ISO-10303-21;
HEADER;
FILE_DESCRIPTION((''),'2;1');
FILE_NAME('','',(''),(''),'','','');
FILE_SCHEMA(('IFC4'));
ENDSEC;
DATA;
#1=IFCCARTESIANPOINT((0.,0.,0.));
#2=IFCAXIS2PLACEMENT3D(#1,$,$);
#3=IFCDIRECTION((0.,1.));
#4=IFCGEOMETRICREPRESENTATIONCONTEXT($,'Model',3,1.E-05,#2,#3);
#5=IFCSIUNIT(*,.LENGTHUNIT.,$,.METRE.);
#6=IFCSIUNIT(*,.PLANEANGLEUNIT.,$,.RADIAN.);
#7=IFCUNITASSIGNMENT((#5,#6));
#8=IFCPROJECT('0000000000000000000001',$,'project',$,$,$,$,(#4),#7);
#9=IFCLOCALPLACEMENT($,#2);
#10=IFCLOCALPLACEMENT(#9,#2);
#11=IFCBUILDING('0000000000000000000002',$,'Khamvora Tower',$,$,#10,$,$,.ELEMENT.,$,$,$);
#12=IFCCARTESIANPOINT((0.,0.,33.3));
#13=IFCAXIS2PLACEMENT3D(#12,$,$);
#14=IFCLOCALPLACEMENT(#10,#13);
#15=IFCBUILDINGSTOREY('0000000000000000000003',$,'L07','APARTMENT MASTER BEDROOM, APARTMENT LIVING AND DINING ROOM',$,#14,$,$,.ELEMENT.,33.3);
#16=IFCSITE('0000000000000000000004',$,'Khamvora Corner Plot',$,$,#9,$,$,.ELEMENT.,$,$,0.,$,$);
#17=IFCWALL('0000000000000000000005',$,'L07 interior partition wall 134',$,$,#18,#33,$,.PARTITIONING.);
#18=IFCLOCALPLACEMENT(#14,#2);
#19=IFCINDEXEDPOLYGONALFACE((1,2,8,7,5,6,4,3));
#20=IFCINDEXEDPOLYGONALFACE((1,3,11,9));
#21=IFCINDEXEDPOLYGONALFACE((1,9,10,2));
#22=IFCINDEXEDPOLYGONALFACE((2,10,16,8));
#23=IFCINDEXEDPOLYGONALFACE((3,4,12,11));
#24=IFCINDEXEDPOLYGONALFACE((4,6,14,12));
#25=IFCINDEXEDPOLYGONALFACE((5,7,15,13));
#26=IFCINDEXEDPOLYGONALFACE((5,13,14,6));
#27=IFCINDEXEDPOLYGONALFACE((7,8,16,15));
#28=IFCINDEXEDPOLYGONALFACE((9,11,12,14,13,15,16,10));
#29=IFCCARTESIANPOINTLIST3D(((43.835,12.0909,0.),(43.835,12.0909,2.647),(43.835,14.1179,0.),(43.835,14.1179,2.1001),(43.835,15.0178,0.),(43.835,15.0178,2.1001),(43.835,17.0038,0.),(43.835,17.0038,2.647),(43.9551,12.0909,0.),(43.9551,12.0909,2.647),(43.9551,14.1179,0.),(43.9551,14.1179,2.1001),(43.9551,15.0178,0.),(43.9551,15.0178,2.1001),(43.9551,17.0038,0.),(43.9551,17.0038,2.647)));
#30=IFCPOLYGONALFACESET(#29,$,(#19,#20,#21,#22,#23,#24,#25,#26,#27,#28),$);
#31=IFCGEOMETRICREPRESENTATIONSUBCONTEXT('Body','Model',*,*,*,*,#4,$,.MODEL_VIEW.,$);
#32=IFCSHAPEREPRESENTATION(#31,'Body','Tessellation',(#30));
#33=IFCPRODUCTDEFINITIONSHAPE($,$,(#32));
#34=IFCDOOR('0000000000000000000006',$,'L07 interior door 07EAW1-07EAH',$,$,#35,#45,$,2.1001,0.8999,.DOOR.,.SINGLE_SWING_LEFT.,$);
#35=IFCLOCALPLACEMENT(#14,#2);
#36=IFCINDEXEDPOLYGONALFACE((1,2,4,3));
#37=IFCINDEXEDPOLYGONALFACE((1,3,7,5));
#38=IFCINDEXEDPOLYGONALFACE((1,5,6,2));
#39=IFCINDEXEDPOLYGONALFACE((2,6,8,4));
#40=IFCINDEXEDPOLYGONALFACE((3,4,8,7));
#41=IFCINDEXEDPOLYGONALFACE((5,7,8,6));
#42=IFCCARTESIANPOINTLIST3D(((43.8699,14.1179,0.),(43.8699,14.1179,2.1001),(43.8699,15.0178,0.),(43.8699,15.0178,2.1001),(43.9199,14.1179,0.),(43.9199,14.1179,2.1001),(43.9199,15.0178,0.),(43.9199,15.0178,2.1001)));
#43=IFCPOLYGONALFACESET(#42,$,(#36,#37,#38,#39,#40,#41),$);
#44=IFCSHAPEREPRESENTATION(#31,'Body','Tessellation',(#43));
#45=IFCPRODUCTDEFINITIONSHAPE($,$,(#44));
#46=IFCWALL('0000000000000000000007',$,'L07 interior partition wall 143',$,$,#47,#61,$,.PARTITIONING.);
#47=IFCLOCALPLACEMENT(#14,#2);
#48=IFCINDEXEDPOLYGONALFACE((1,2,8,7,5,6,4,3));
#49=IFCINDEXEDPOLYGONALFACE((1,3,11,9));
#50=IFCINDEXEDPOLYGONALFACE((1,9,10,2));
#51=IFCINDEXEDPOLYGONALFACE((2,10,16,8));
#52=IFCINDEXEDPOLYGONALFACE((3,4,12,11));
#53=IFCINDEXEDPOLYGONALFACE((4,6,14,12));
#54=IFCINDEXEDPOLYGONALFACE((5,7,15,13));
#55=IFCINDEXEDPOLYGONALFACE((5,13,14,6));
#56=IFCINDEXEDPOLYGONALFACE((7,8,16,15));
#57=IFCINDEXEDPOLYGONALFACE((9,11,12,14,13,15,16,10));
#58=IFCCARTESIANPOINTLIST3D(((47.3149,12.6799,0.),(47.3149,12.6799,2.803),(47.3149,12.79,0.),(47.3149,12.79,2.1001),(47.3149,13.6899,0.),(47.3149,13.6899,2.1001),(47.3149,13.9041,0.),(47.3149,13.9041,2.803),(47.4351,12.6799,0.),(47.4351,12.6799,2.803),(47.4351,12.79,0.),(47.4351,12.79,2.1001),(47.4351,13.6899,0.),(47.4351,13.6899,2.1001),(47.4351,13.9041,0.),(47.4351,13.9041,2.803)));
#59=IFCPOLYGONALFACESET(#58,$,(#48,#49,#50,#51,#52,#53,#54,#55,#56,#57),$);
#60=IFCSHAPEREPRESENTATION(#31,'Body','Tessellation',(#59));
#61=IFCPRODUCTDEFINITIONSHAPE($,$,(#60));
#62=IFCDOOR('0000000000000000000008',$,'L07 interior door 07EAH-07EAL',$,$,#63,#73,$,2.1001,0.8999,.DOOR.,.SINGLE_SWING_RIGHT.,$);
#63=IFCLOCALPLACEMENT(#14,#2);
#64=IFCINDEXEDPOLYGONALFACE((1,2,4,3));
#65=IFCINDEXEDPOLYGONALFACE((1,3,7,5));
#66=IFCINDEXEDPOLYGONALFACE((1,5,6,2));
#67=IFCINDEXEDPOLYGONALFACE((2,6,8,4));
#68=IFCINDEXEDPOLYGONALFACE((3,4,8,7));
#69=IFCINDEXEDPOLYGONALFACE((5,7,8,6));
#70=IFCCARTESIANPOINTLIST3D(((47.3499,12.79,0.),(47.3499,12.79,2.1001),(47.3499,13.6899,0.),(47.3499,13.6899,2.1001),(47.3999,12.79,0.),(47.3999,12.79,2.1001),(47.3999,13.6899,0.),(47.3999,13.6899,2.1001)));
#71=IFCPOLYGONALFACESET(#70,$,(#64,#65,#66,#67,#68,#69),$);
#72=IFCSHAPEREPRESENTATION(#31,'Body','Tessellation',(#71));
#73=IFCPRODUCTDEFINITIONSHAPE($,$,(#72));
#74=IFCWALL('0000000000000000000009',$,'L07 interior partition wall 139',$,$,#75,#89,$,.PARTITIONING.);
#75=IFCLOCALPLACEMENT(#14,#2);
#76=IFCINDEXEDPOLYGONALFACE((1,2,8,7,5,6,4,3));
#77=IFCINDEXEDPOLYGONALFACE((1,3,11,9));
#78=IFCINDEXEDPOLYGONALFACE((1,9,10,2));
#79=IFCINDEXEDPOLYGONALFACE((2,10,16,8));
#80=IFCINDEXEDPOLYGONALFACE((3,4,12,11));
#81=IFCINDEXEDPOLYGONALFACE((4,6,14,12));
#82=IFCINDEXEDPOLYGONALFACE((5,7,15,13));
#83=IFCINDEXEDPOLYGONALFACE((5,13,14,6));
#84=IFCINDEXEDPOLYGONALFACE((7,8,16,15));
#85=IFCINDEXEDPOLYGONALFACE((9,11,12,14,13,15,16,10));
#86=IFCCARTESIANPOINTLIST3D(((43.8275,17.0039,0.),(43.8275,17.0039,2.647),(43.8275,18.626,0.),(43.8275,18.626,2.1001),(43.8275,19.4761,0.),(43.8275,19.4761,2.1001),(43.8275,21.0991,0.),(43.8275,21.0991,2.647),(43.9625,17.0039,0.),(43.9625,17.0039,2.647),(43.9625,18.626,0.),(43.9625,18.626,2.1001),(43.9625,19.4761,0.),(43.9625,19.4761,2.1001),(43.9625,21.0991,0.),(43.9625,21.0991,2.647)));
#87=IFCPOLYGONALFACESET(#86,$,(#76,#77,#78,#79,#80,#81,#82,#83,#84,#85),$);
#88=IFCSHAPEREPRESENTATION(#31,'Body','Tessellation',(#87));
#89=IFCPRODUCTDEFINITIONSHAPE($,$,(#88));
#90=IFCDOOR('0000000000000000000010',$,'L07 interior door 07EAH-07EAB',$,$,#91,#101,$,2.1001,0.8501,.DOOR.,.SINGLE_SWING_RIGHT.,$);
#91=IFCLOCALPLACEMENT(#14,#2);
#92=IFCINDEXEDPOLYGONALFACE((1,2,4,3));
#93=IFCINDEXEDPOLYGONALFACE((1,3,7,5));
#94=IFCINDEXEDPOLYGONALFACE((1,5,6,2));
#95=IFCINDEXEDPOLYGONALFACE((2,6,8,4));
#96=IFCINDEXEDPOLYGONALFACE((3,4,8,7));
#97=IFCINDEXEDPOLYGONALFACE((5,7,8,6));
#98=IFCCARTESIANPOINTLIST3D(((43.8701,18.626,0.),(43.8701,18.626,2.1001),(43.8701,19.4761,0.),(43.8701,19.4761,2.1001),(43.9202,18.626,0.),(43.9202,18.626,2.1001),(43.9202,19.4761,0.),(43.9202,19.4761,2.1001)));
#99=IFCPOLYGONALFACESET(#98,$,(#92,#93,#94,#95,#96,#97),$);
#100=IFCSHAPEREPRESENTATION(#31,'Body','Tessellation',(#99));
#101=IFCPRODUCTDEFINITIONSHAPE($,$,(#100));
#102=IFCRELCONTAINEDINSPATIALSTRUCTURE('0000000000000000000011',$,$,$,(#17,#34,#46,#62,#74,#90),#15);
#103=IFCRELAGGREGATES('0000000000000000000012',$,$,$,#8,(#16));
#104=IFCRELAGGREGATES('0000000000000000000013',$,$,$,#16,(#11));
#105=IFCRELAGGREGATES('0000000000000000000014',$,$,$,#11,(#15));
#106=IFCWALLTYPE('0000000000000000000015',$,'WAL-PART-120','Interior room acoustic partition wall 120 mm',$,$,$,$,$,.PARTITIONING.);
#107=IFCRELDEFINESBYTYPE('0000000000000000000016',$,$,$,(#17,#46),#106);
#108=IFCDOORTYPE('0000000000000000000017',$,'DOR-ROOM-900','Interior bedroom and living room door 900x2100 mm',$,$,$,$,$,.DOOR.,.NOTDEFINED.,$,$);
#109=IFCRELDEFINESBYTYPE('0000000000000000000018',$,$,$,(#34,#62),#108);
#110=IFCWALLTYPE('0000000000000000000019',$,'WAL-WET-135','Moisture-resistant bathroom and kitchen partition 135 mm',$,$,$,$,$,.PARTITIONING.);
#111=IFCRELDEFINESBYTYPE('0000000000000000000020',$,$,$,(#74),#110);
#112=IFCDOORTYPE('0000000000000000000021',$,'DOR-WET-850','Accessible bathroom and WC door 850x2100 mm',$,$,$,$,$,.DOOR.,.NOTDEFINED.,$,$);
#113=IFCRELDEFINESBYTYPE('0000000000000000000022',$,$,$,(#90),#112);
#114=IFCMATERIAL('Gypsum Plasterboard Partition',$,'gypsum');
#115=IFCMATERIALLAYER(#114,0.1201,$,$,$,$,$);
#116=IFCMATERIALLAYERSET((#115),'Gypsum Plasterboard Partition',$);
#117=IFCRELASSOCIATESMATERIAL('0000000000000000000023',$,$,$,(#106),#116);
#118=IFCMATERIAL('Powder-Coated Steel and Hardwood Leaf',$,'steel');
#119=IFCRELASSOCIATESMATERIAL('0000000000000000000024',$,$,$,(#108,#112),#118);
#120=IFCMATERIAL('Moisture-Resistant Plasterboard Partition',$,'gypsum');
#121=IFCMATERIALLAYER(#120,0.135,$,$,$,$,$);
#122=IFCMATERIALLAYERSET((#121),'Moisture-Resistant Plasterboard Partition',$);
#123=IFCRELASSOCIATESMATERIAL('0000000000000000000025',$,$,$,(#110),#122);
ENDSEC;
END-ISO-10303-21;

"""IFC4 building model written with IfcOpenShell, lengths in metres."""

from ifc_helpers import new_model, si_unit, direction, frame, frame_2d, origin, place, context, subcontext, project, spatial, rectangle, extrude, material, layer, layer_set, type_object, element, fill, save


model = new_model("IFC4")

# Units and contexts
model_context = context("Model", 3, precision=1e-05, world=origin(), true_north=direction((0.0, 1.0)))
body_context = subcontext(model_context, "Body", "Model", "MODEL_VIEW")
ifc_project = project(units=[si_unit("LENGTHUNIT", "METRE"), si_unit("PLANEANGLEUNIT", "RADIAN")], contexts=[model_context])

# Site, building, storey
site_placement = place(None, origin())
site = spatial("IfcSite", under=ifc_project, at=site_placement, Name="Khamvora Corner Plot", CompositionType="ELEMENT", RefElevation=0.0)
building_placement = place(site_placement, origin())
building = spatial("IfcBuilding", under=site, at=building_placement, Name="Khamvora Tower", CompositionType="ELEMENT")
storey_placement = place(building_placement, frame((0.0, 0.0, 33.3)))
storey = spatial("IfcBuildingStorey", under=building, at=storey_placement, Name="L07", Description="APARTMENT MASTER BEDROOM, APARTMENT LIVING AND DINING ROOM", CompositionType="ELEMENT", Elevation=33.3)

# Walls, openings, doors
ifc_material_1 = material(Name="Gypsum Plasterboard Partition", Category="gypsum")
ifc_layer_1 = layer(ifc_material_1, 0.1201)
ifc_layer_set_1 = layer_set([ifc_layer_1], Name="Gypsum Plasterboard Partition")
wall_type_1 = type_object("IfcWallType", Name="WAL-PART-120", Description="Interior room acoustic partition wall 120 mm", PredefinedType="PARTITIONING", material=ifc_layer_set_1)
wall_1_placement = place(storey_placement, frame((43.895, 17.0039, 0.0), z_axis=(0.0, 0.0, 1.0), x_axis=(0.0, -1.0, 0.0)))
wall_1 = element("IfcWall", 1, at=wall_1_placement, inside=storey, type_object=wall_type_1, Name="L07 interior partition wall 134", PredefinedType="PARTITIONING", context=body_context, shape_type="SweptSolid", body=[
    extrude(rectangle(XDim=4.9128, YDim=0.1201, at=frame_2d((2.4565, 0.0))), origin(), (0.0, 0.0, 1.0), 2.647),
])
opening_1_placement = place(wall_1_placement, frame((1.9861, 0.0, 0.0)))
opening_1 = element("IfcOpeningElement", 2, at=opening_1_placement, cuts=wall_1, PredefinedType="OPENING", context=body_context, shape_type="SweptSolid", body=[
    extrude(rectangle(XDim=0.8999, YDim=2.1001, at=frame_2d((0.45, 1.05))), frame((0.0, 0.0701, 0.0), z_axis=(0.0, -1.0, 0.0), x_axis=(1.0, 0.0, 0.0)), (0.0, 0.0, 1.0), 0.1401),
])
ifc_material_2 = material(Name="Powder-Coated Steel and Hardwood Leaf", Category="steel")
door_type_1 = type_object("IfcDoorType", Name="DOR-ROOM-900", Description="Interior bedroom and living room door 900x2100 mm", OperationType="NOTDEFINED", PredefinedType="DOOR", material=ifc_material_2)
door_1_placement = place(opening_1_placement, origin())
door_1 = element("IfcDoor", 3, at=door_1_placement, inside=storey, type_object=door_type_1, Name="L07 interior door 07EAW1-07EAH", OperationType="SINGLE_SWING_LEFT", OverallHeight=2.1001, OverallWidth=0.8999, PredefinedType="DOOR", context=body_context, shape_type="SweptSolid", body=[
    extrude(rectangle(XDim=0.8999, YDim=2.1001, at=frame_2d((0.45, 1.05))), frame((0.0, 0.0249, 0.0), z_axis=(0.0, -1.0, 0.0), x_axis=(1.0, 0.0, 0.0)), (0.0, 0.0, 1.0), 0.05),
])
fill(opening_1, door_1)
wall_2_placement = place(storey_placement, frame((47.375, 13.9041, 0.0), z_axis=(0.0, 0.0, 1.0), x_axis=(0.0, -1.0, 0.0)))
wall_2 = element("IfcWall", 4, at=wall_2_placement, inside=storey, type_object=wall_type_1, Name="L07 interior partition wall 143", PredefinedType="PARTITIONING", context=body_context, shape_type="SweptSolid", body=[
    extrude(rectangle(XDim=1.2241, YDim=0.1201, at=frame_2d((0.6121, 0.0))), origin(), (0.0, 0.0, 1.0), 2.803),
])
opening_2_placement = place(wall_2_placement, frame((0.2141, 0.0, 0.0)))
opening_2 = element("IfcOpeningElement", 5, at=opening_2_placement, cuts=wall_2, PredefinedType="OPENING", context=body_context, shape_type="SweptSolid", body=[
    extrude(rectangle(XDim=0.8999, YDim=2.1001, at=frame_2d((0.45, 1.05))), frame((0.0, 0.0701, 0.0), z_axis=(0.0, -1.0, 0.0), x_axis=(1.0, 0.0, 0.0)), (0.0, 0.0, 1.0), 0.1401),
])
door_2_placement = place(opening_2_placement, origin())
door_2 = element("IfcDoor", 6, at=door_2_placement, inside=storey, type_object=door_type_1, Name="L07 interior door 07EAH-07EAL", OperationType="SINGLE_SWING_RIGHT", OverallHeight=2.1001, OverallWidth=0.8999, PredefinedType="DOOR", context=body_context, shape_type="SweptSolid", body=[
    extrude(rectangle(XDim=0.8999, YDim=2.1001, at=frame_2d((0.45, 1.05))), frame((0.0, 0.0249, 0.0), z_axis=(0.0, -1.0, 0.0), x_axis=(1.0, 0.0, 0.0)), (0.0, 0.0, 1.0), 0.05),
])
fill(opening_2, door_2)
ifc_material_3 = material(Name="Moisture-Resistant Plasterboard Partition", Category="gypsum")
ifc_layer_2 = layer(ifc_material_3, 0.135)
ifc_layer_set_2 = layer_set([ifc_layer_2], Name="Moisture-Resistant Plasterboard Partition")
wall_type_2 = type_object("IfcWallType", Name="WAL-WET-135", Description="Moisture-resistant bathroom and kitchen partition 135 mm", PredefinedType="PARTITIONING", material=ifc_layer_set_2)
wall_3_placement = place(storey_placement, frame((43.895, 17.0039, 0.0), z_axis=(0.0, 0.0, 1.0), x_axis=(0.0, 1.0, 0.0)))
wall_3 = element("IfcWall", 7, at=wall_3_placement, inside=storey, type_object=wall_type_2, Name="L07 interior partition wall 139", PredefinedType="PARTITIONING", context=body_context, shape_type="SweptSolid", body=[
    extrude(rectangle(XDim=4.0952, YDim=0.135, at=frame_2d((2.0476, 0.0))), origin(), (0.0, 0.0, 1.0), 2.647),
])
opening_3_placement = place(wall_3_placement, frame((1.6221, 0.0, 0.0)))
opening_3 = element("IfcOpeningElement", 8, at=opening_3_placement, cuts=wall_3, PredefinedType="OPENING", context=body_context, shape_type="SweptSolid", body=[
    extrude(rectangle(XDim=0.8501, YDim=2.1001, at=frame_2d((0.425, 1.05))), frame((0.0, 0.0774, 0.0), z_axis=(0.0, -1.0, 0.0), x_axis=(1.0, 0.0, 0.0)), (0.0, 0.0, 1.0), 0.155),
])
door_type_2 = type_object("IfcDoorType", Name="DOR-WET-850", Description="Accessible bathroom and WC door 850x2100 mm", OperationType="NOTDEFINED", PredefinedType="DOOR", material=ifc_material_2)
door_3_placement = place(opening_3_placement, origin())
door_3 = element("IfcDoor", 9, at=door_3_placement, inside=storey, type_object=door_type_2, Name="L07 interior door 07EAH-07EAB", OperationType="SINGLE_SWING_RIGHT", OverallHeight=2.1001, OverallWidth=0.8501, PredefinedType="DOOR", context=body_context, shape_type="SweptSolid", body=[
    extrude(rectangle(XDim=0.8501, YDim=2.1001, at=frame_2d((0.425, 1.05))), frame((0.0, 0.0249, 0.0), z_axis=(0.0, -1.0, 0.0), x_axis=(1.0, 0.0, 0.0)), (0.0, 0.0, 1.0), 0.05),
])
fill(opening_3, door_3)

save(model, "model.ifc")
